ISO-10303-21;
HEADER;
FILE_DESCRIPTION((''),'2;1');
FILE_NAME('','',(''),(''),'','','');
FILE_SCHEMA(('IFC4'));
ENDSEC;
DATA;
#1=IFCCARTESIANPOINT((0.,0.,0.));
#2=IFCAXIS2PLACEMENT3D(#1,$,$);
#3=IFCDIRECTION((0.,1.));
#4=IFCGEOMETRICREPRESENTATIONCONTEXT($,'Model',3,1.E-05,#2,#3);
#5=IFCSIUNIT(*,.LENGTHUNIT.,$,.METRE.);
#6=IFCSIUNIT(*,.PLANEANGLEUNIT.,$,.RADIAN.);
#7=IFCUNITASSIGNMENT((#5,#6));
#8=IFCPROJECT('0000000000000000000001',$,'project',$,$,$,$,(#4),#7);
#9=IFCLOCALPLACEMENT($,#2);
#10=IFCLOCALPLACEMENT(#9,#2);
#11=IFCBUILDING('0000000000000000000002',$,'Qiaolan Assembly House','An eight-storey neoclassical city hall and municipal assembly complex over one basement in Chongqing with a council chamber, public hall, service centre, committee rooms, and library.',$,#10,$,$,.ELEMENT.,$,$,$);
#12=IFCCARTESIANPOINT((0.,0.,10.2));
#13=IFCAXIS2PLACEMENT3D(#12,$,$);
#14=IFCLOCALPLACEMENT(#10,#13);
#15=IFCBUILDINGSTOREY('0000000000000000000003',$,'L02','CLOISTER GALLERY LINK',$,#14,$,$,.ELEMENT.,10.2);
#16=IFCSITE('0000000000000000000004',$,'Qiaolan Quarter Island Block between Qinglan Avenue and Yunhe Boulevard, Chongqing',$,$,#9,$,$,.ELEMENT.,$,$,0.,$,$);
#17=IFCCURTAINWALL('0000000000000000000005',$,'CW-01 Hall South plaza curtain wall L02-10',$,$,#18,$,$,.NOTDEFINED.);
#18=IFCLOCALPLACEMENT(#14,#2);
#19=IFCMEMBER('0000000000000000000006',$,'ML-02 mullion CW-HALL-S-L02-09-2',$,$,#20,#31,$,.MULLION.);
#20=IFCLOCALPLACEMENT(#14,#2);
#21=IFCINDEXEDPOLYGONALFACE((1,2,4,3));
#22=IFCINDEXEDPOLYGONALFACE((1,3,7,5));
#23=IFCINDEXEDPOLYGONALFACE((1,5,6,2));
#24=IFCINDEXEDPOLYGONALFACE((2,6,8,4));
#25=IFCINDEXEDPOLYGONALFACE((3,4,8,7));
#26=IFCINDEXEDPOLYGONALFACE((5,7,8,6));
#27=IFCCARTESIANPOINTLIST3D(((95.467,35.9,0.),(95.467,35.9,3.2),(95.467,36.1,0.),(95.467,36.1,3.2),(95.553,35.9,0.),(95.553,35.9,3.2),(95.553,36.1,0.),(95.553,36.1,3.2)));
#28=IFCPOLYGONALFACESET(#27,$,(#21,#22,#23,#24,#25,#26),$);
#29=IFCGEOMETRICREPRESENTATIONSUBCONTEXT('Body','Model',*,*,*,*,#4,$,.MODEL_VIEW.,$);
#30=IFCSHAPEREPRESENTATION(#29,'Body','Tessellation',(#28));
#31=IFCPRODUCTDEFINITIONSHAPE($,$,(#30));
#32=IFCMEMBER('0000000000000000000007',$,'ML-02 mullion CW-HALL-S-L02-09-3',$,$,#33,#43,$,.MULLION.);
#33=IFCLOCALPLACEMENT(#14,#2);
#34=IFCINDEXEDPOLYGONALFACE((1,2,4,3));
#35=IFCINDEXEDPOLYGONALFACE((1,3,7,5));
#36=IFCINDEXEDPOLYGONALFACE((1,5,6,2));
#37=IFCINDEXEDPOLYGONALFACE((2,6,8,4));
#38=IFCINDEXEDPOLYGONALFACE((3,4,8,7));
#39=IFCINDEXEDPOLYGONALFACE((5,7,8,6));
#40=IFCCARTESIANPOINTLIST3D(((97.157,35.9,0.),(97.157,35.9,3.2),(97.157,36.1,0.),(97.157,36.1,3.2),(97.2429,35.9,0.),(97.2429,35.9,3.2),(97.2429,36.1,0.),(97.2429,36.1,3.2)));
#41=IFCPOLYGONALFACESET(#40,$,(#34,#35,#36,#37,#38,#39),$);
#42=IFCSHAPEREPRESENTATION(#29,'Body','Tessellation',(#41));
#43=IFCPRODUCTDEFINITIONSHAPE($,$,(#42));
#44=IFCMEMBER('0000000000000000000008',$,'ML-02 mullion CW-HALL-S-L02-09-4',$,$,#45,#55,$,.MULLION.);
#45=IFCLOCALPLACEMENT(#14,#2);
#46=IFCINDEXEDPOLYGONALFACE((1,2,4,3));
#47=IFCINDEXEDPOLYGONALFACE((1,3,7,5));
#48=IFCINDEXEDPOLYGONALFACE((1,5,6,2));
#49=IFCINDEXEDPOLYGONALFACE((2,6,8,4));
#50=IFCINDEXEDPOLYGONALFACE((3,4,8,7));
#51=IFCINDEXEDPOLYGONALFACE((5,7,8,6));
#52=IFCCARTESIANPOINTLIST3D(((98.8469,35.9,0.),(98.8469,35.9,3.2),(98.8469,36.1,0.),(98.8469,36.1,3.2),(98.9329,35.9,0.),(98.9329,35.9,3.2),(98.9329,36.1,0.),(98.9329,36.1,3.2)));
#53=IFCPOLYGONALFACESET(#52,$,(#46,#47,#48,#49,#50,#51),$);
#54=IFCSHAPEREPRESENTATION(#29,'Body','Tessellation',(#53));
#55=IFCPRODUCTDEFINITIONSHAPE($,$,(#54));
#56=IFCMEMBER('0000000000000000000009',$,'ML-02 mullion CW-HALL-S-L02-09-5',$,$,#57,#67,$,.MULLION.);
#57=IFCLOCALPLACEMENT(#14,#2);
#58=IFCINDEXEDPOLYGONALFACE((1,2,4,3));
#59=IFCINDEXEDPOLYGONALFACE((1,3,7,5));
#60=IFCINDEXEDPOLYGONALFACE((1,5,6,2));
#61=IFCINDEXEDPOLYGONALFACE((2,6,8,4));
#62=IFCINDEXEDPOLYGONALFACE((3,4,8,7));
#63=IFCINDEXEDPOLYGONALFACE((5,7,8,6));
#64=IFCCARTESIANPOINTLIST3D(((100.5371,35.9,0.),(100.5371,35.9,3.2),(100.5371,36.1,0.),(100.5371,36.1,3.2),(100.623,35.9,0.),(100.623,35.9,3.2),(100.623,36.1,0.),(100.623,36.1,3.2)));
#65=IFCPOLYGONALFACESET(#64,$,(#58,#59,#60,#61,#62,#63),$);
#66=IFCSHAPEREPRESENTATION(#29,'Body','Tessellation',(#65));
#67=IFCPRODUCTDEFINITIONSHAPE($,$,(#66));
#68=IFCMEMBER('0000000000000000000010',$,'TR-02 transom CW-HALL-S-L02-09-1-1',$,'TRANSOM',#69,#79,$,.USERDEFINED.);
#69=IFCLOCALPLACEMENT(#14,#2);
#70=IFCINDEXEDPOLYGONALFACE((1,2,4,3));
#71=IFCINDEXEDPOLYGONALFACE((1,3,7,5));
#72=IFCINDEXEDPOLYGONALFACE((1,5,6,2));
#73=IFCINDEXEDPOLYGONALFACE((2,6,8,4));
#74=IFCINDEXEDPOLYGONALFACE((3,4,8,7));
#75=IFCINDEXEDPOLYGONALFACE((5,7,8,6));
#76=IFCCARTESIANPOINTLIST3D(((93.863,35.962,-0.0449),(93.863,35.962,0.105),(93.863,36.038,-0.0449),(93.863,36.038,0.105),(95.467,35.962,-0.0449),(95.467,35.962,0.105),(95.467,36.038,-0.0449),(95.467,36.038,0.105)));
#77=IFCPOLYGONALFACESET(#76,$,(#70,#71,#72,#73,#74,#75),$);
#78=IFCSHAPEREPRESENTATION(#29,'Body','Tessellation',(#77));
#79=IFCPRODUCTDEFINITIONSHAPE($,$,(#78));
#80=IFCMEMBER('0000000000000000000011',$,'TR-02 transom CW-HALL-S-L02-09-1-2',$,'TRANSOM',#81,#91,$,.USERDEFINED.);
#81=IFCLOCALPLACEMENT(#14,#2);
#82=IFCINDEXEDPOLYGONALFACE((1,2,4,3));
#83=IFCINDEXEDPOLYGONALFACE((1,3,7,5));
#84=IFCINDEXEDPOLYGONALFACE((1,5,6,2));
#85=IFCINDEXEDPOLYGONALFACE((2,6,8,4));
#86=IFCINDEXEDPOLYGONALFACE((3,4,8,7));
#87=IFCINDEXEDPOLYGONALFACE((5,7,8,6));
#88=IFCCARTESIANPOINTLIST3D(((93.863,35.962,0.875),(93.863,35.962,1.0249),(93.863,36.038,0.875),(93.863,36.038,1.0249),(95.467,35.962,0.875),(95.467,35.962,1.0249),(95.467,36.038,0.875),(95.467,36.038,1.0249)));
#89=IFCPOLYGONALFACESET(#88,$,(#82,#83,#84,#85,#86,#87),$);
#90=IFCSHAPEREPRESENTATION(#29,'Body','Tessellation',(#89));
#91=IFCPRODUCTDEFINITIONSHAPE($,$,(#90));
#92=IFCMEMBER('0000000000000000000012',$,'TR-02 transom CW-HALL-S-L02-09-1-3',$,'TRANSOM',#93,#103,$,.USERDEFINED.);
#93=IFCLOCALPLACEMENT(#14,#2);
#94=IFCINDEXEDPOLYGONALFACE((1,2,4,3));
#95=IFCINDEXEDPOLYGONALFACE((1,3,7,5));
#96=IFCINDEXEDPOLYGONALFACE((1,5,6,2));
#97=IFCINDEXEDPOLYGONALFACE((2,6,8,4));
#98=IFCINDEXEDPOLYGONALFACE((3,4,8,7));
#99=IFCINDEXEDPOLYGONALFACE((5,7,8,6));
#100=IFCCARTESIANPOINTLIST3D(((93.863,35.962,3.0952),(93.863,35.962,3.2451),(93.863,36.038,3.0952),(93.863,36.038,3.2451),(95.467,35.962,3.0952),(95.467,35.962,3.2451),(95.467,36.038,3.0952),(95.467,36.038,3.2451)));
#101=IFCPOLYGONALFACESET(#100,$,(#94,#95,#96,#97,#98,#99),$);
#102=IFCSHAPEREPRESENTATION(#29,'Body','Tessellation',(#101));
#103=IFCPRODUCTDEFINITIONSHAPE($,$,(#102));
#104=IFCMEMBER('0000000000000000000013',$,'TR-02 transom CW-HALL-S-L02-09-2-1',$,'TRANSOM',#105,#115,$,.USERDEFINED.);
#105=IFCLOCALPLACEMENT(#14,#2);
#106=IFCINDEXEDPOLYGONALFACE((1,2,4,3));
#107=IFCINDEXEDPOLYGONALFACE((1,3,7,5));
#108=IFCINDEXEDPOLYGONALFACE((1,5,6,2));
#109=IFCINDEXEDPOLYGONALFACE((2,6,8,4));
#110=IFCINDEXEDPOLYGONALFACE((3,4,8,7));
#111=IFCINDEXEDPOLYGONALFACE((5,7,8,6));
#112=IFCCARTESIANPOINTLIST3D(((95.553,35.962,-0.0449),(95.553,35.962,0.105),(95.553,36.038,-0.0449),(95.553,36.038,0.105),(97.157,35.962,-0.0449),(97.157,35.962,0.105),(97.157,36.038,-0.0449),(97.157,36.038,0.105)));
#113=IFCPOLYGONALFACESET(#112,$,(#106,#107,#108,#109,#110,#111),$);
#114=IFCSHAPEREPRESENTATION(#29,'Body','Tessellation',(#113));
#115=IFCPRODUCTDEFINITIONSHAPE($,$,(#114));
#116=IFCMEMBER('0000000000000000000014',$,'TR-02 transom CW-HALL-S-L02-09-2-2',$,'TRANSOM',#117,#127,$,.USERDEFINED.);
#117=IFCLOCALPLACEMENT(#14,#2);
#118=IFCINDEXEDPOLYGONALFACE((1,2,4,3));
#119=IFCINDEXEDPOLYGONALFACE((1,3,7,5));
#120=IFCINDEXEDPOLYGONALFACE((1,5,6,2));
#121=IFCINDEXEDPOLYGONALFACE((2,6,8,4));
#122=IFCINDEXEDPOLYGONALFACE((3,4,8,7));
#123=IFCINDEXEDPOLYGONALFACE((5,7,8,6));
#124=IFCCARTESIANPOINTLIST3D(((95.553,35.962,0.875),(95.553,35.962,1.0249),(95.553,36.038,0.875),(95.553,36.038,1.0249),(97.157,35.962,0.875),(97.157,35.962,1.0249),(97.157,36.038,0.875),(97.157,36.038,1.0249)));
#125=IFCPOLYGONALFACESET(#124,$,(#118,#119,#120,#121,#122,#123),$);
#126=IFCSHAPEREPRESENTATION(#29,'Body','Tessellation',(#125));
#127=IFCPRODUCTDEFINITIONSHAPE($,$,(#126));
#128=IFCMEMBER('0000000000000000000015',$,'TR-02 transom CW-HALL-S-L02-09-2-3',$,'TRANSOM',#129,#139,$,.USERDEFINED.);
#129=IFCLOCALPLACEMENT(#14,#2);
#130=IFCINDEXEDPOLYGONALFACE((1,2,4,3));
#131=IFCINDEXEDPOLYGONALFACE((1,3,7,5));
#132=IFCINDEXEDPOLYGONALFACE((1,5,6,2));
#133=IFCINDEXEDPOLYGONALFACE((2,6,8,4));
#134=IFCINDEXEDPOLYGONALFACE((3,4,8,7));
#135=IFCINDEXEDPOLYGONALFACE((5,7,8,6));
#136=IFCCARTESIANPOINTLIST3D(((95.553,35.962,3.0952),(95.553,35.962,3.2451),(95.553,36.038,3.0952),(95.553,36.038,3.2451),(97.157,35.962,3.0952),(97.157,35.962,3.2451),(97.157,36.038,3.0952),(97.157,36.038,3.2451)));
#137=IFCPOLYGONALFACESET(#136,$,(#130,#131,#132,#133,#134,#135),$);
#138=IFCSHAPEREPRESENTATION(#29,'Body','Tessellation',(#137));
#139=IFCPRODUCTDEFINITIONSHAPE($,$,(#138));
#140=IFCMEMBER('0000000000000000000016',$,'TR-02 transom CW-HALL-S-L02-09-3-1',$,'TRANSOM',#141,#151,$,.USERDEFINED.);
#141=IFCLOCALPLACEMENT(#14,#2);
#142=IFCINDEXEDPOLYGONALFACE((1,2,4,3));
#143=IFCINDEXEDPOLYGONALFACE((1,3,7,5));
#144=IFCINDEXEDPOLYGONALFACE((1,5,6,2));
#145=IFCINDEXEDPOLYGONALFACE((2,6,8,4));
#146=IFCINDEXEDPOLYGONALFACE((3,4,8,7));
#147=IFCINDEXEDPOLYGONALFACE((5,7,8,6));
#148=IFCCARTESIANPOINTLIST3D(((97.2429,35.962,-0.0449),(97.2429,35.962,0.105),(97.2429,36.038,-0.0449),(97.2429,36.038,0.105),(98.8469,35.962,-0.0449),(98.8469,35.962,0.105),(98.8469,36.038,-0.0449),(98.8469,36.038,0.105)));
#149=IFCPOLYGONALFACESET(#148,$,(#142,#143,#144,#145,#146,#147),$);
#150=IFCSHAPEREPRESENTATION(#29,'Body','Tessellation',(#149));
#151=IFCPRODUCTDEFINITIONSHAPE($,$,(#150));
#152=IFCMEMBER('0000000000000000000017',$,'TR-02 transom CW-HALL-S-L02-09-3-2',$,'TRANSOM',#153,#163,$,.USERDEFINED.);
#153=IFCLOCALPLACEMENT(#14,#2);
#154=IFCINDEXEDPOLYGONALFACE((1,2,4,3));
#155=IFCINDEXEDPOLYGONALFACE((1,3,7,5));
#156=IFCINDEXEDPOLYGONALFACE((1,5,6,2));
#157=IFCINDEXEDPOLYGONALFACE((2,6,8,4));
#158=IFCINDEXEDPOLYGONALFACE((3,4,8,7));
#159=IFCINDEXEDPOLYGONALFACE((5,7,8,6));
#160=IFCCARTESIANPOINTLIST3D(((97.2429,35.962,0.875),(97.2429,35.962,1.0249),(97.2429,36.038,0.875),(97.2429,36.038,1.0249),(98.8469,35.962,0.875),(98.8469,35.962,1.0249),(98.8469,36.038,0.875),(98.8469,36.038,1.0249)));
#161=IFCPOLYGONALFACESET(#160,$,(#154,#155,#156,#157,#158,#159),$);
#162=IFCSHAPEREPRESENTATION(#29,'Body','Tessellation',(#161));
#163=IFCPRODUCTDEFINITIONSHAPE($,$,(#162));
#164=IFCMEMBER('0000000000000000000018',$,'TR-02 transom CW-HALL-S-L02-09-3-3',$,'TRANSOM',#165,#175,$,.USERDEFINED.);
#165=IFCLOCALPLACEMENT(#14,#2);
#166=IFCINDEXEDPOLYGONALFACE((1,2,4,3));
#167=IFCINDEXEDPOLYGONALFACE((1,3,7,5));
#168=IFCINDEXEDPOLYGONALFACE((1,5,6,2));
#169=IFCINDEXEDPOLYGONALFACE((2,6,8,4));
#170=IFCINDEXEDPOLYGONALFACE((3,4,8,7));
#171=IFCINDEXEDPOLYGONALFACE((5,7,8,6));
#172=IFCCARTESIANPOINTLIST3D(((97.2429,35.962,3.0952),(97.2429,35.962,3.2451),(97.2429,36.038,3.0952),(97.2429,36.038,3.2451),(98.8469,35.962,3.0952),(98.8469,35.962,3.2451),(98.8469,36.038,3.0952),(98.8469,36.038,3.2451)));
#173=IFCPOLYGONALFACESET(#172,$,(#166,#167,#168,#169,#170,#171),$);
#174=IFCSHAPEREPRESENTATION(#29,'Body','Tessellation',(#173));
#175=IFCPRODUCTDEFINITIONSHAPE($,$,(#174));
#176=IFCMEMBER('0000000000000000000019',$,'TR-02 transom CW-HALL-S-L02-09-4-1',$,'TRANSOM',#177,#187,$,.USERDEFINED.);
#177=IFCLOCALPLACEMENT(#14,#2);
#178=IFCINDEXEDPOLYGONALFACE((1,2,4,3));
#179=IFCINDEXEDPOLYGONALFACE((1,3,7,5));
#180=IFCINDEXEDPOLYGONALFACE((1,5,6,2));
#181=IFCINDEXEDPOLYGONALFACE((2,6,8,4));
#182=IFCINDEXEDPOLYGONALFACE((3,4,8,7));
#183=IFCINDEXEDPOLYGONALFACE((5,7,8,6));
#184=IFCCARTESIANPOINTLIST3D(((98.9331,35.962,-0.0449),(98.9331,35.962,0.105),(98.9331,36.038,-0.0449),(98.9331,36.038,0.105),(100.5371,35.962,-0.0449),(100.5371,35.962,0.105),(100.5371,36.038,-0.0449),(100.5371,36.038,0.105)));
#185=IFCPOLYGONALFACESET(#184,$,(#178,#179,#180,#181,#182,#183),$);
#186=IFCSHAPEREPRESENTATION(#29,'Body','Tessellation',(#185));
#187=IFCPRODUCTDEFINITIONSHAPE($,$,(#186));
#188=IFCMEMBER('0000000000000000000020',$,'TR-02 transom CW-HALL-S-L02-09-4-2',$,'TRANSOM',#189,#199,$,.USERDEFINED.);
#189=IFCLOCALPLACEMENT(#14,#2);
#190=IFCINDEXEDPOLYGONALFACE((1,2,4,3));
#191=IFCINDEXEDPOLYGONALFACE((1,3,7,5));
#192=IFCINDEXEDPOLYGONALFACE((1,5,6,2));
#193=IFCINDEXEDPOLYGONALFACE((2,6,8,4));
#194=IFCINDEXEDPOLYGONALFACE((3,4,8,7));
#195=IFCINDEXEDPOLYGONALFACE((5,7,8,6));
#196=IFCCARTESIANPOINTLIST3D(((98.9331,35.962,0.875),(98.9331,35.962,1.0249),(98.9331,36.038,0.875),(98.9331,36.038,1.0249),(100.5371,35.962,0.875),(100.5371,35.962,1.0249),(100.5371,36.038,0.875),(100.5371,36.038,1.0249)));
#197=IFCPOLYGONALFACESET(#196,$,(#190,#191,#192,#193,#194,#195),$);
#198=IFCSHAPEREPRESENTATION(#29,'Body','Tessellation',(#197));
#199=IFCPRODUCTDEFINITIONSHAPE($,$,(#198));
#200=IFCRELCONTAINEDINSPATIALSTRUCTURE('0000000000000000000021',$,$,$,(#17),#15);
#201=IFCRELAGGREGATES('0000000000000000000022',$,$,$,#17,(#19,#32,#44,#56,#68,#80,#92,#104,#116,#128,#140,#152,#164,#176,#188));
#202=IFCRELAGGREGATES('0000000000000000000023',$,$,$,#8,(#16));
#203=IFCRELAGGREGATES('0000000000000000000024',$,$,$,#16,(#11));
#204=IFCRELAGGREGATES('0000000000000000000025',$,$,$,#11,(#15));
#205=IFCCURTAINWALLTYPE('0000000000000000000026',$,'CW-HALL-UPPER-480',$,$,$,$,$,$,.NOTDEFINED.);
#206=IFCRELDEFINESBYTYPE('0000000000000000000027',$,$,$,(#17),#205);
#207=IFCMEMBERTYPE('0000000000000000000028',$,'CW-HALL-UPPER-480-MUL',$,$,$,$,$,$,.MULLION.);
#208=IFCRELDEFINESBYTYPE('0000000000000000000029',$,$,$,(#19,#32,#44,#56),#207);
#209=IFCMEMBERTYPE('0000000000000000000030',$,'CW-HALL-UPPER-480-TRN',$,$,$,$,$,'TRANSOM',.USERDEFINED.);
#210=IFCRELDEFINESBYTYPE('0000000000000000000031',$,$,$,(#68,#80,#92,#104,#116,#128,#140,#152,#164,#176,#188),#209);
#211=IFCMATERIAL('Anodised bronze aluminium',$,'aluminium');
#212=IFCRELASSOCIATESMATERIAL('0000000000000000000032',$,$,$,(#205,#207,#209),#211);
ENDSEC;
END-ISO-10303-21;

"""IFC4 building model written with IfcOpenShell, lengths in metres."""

from ifc_helpers import new_model, si_unit, direction, frame, origin, origin_2d, place, context, subcontext, project, spatial, rectangle, extrude, material, material_profile, profile_set, type_object, element, aggregate, save


model = new_model("IFC4")

# Units and contexts
model_context = context("Model", 3, precision=1e-05, world=origin(), true_north=direction((0.0, 1.0)))
body_context = subcontext(model_context, "Body", "Model", "MODEL_VIEW")
ifc_project = project(units=[si_unit("LENGTHUNIT", "METRE"), si_unit("PLANEANGLEUNIT", "RADIAN")], contexts=[model_context])

# Site, building, storey
site_placement = place(None, origin())
site = spatial("IfcSite", under=ifc_project, at=site_placement, Name="Qiaolan Quarter Island Block between Qinglan Avenue and Yunhe Boulevard, Chongqing", CompositionType="ELEMENT", RefElevation=0.0)
building_placement = place(site_placement, origin())
building = spatial("IfcBuilding", under=site, at=building_placement, Name="Qiaolan Assembly House", Description="An eight-storey neoclassical city hall and municipal assembly complex over one basement in Chongqing with a council chamber, public hall, service centre, committee rooms, and library.", CompositionType="ELEMENT")
storey_placement = place(building_placement, frame((0.0, 0.0, 10.2)))
storey = spatial("IfcBuildingStorey", under=building, at=storey_placement, Name="L02", Description="CLOISTER GALLERY LINK", CompositionType="ELEMENT", Elevation=10.2)

# Curtain wall, members
ifc_material_1 = material(Name="Anodised bronze aluminium", Category="aluminium")
curtain_wall_type = type_object("IfcCurtainWallType", Name="CW-HALL-UPPER-480", PredefinedType="NOTDEFINED", material=ifc_material_1)
curtain_wall_placement = place(storey_placement, origin())
curtain_wall = element("IfcCurtainWall", 1, at=curtain_wall_placement, inside=storey, type_object=curtain_wall_type, Name="CW-01 Hall South plaza curtain wall L02-10", PredefinedType="NOTDEFINED")
ifc_material_profile_1 = material_profile(ifc_material_1, rectangle(XDim=0.0859, YDim=0.2, at=origin_2d()), Name="MUL 86x200")
ifc_profile_set_1 = profile_set([ifc_material_profile_1], Name="Anodised bronze aluminium")
member_type_1 = type_object("IfcMemberType", Name="CW-HALL-UPPER-480-MUL", PredefinedType="MULLION", material=ifc_profile_set_1)
member_1_placement = place(storey_placement, frame((95.51, 36.0, 0.0), z_axis=(0.0, 0.0, 1.0), x_axis=(1.0, 0.0, 0.0)))
member_1 = element("IfcMember", 2, at=member_1_placement, type_object=member_type_1, Name="ML-02 mullion CW-HALL-S-L02-09-2", PredefinedType="MULLION", context=body_context, shape_type="SweptSolid", body=[
    extrude(rectangle(XDim=0.0859, YDim=0.2, at=origin_2d()), origin(), (0.0, 0.0, 1.0), 3.2),
])
member_2_placement = place(storey_placement, frame((97.2, 36.0, 0.0), z_axis=(0.0, 0.0, 1.0), x_axis=(1.0, 0.0, 0.0)))
member_2 = element("IfcMember", 3, at=member_2_placement, type_object=member_type_1, Name="ML-02 mullion CW-HALL-S-L02-09-3", PredefinedType="MULLION", context=body_context, shape_type="SweptSolid", body=[
    extrude(rectangle(XDim=0.0859, YDim=0.2, at=origin_2d()), origin(), (0.0, 0.0, 1.0), 3.2),
])
member_3_placement = place(storey_placement, frame((98.8899, 36.0, 0.0), z_axis=(0.0, 0.0, 1.0), x_axis=(1.0, 0.0, 0.0)))
member_3 = element("IfcMember", 4, at=member_3_placement, type_object=member_type_1, Name="ML-02 mullion CW-HALL-S-L02-09-4", PredefinedType="MULLION", context=body_context, shape_type="SweptSolid", body=[
    extrude(rectangle(XDim=0.0859, YDim=0.2, at=origin_2d()), origin(), (0.0, 0.0, 1.0), 3.2),
])
member_4_placement = place(storey_placement, frame((100.5801, 36.0, 0.0), z_axis=(0.0, 0.0, 1.0), x_axis=(1.0, 0.0, 0.0)))
member_4 = element("IfcMember", 5, at=member_4_placement, type_object=member_type_1, Name="ML-02 mullion CW-HALL-S-L02-09-5", PredefinedType="MULLION", context=body_context, shape_type="SweptSolid", body=[
    extrude(rectangle(XDim=0.0859, YDim=0.2, at=origin_2d()), origin(), (0.0, 0.0, 1.0), 3.2),
])
ifc_material_profile_2 = material_profile(ifc_material_1, rectangle(XDim=0.0759, YDim=0.1499, at=origin_2d()), Name="TRN 76x150")
ifc_profile_set_2 = profile_set([ifc_material_profile_2], Name="Anodised bronze aluminium")
member_type_2 = type_object("IfcMemberType", Name="CW-HALL-UPPER-480-TRN", ElementType="TRANSOM", PredefinedType="USERDEFINED", material=ifc_profile_set_2)
member_5_placement = place(storey_placement, frame((93.863, 36.0, 0.03), z_axis=(1.0, 0.0, 0.0), x_axis=(0.0, 1.0, 0.0)))
member_5 = element("IfcMember", 6, at=member_5_placement, type_object=member_type_2, Name="TR-02 transom CW-HALL-S-L02-09-1-1", ObjectType="TRANSOM", PredefinedType="USERDEFINED", context=body_context, shape_type="SweptSolid", body=[
    extrude(rectangle(XDim=0.0759, YDim=0.1499, at=origin_2d()), origin(), (0.0, 0.0, 1.0), 1.604),
])
member_6_placement = place(storey_placement, frame((93.863, 36.0, 0.95), z_axis=(1.0, 0.0, 0.0), x_axis=(0.0, 1.0, 0.0)))
member_6 = element("IfcMember", 7, at=member_6_placement, type_object=member_type_2, Name="TR-02 transom CW-HALL-S-L02-09-1-2", ObjectType="TRANSOM", PredefinedType="USERDEFINED", context=body_context, shape_type="SweptSolid", body=[
    extrude(rectangle(XDim=0.0759, YDim=0.1499, at=origin_2d()), origin(), (0.0, 0.0, 1.0), 1.604),
])
member_7_placement = place(storey_placement, frame((93.863, 36.0, 3.1702), z_axis=(1.0, 0.0, 0.0), x_axis=(0.0, 1.0, 0.0)))
member_7 = element("IfcMember", 8, at=member_7_placement, type_object=member_type_2, Name="TR-02 transom CW-HALL-S-L02-09-1-3", ObjectType="TRANSOM", PredefinedType="USERDEFINED", context=body_context, shape_type="SweptSolid", body=[
    extrude(rectangle(XDim=0.0759, YDim=0.1499, at=origin_2d()), origin(), (0.0, 0.0, 1.0), 1.604),
])
member_8_placement = place(storey_placement, frame((95.553, 36.0, 0.03), z_axis=(1.0, 0.0, 0.0), x_axis=(0.0, 1.0, 0.0)))
member_8 = element("IfcMember", 9, at=member_8_placement, type_object=member_type_2, Name="TR-02 transom CW-HALL-S-L02-09-2-1", ObjectType="TRANSOM", PredefinedType="USERDEFINED", context=body_context, shape_type="SweptSolid", body=[
    extrude(rectangle(XDim=0.0759, YDim=0.1499, at=origin_2d()), origin(), (0.0, 0.0, 1.0), 1.604),
])
member_9_placement = place(storey_placement, frame((95.553, 36.0, 0.95), z_axis=(1.0, 0.0, 0.0), x_axis=(0.0, 1.0, 0.0)))
member_9 = element("IfcMember", 10, at=member_9_placement, type_object=member_type_2, Name="TR-02 transom CW-HALL-S-L02-09-2-2", ObjectType="TRANSOM", PredefinedType="USERDEFINED", context=body_context, shape_type="SweptSolid", body=[
    extrude(rectangle(XDim=0.0759, YDim=0.1499, at=origin_2d()), origin(), (0.0, 0.0, 1.0), 1.604),
])
member_10_placement = place(storey_placement, frame((95.553, 36.0, 3.1702), z_axis=(1.0, 0.0, 0.0), x_axis=(0.0, 1.0, 0.0)))
member_10 = element("IfcMember", 11, at=member_10_placement, type_object=member_type_2, Name="TR-02 transom CW-HALL-S-L02-09-2-3", ObjectType="TRANSOM", PredefinedType="USERDEFINED", context=body_context, shape_type="SweptSolid", body=[
    extrude(rectangle(XDim=0.0759, YDim=0.1499, at=origin_2d()), origin(), (0.0, 0.0, 1.0), 1.604),
])
member_11_placement = place(storey_placement, frame((97.2429, 36.0, 0.03), z_axis=(1.0, 0.0, 0.0), x_axis=(0.0, 1.0, 0.0)))
member_11 = element("IfcMember", 12, at=member_11_placement, type_object=member_type_2, Name="TR-02 transom CW-HALL-S-L02-09-3-1", ObjectType="TRANSOM", PredefinedType="USERDEFINED", context=body_context, shape_type="SweptSolid", body=[
    extrude(rectangle(XDim=0.0759, YDim=0.1499, at=origin_2d()), origin(), (0.0, 0.0, 1.0), 1.604),
])
member_12_placement = place(storey_placement, frame((97.2429, 36.0, 0.95), z_axis=(1.0, 0.0, 0.0), x_axis=(0.0, 1.0, 0.0)))
member_12 = element("IfcMember", 13, at=member_12_placement, type_object=member_type_2, Name="TR-02 transom CW-HALL-S-L02-09-3-2", ObjectType="TRANSOM", PredefinedType="USERDEFINED", context=body_context, shape_type="SweptSolid", body=[
    extrude(rectangle(XDim=0.0759, YDim=0.1499, at=origin_2d()), origin(), (0.0, 0.0, 1.0), 1.604),
])
member_13_placement = place(storey_placement, frame((97.2429, 36.0, 3.1702), z_axis=(1.0, 0.0, 0.0), x_axis=(0.0, 1.0, 0.0)))
member_13 = element("IfcMember", 14, at=member_13_placement, type_object=member_type_2, Name="TR-02 transom CW-HALL-S-L02-09-3-3", ObjectType="TRANSOM", PredefinedType="USERDEFINED", context=body_context, shape_type="SweptSolid", body=[
    extrude(rectangle(XDim=0.0759, YDim=0.1499, at=origin_2d()), origin(), (0.0, 0.0, 1.0), 1.604),
])
member_14_placement = place(storey_placement, frame((98.9331, 36.0, 0.03), z_axis=(1.0, 0.0, 0.0), x_axis=(0.0, 1.0, 0.0)))
member_14 = element("IfcMember", 15, at=member_14_placement, type_object=member_type_2, Name="TR-02 transom CW-HALL-S-L02-09-4-1", ObjectType="TRANSOM", PredefinedType="USERDEFINED", context=body_context, shape_type="SweptSolid", body=[
    extrude(rectangle(XDim=0.0759, YDim=0.1499, at=origin_2d()), origin(), (0.0, 0.0, 1.0), 1.604),
])
member_15_placement = place(storey_placement, frame((98.9331, 36.0, 0.95), z_axis=(1.0, 0.0, 0.0), x_axis=(0.0, 1.0, 0.0)))
member_15 = element("IfcMember", 16, at=member_15_placement, type_object=member_type_2, Name="TR-02 transom CW-HALL-S-L02-09-4-2", ObjectType="TRANSOM", PredefinedType="USERDEFINED", context=body_context, shape_type="SweptSolid", body=[
    extrude(rectangle(XDim=0.0759, YDim=0.1499, at=origin_2d()), origin(), (0.0, 0.0, 1.0), 1.604),
])
aggregate(curtain_wall, [member_1, member_2, member_3, member_4, member_5, member_6, member_7, member_8, member_9, member_10, member_11, member_12, member_13, member_14, member_15])

save(model, "model.ifc")
